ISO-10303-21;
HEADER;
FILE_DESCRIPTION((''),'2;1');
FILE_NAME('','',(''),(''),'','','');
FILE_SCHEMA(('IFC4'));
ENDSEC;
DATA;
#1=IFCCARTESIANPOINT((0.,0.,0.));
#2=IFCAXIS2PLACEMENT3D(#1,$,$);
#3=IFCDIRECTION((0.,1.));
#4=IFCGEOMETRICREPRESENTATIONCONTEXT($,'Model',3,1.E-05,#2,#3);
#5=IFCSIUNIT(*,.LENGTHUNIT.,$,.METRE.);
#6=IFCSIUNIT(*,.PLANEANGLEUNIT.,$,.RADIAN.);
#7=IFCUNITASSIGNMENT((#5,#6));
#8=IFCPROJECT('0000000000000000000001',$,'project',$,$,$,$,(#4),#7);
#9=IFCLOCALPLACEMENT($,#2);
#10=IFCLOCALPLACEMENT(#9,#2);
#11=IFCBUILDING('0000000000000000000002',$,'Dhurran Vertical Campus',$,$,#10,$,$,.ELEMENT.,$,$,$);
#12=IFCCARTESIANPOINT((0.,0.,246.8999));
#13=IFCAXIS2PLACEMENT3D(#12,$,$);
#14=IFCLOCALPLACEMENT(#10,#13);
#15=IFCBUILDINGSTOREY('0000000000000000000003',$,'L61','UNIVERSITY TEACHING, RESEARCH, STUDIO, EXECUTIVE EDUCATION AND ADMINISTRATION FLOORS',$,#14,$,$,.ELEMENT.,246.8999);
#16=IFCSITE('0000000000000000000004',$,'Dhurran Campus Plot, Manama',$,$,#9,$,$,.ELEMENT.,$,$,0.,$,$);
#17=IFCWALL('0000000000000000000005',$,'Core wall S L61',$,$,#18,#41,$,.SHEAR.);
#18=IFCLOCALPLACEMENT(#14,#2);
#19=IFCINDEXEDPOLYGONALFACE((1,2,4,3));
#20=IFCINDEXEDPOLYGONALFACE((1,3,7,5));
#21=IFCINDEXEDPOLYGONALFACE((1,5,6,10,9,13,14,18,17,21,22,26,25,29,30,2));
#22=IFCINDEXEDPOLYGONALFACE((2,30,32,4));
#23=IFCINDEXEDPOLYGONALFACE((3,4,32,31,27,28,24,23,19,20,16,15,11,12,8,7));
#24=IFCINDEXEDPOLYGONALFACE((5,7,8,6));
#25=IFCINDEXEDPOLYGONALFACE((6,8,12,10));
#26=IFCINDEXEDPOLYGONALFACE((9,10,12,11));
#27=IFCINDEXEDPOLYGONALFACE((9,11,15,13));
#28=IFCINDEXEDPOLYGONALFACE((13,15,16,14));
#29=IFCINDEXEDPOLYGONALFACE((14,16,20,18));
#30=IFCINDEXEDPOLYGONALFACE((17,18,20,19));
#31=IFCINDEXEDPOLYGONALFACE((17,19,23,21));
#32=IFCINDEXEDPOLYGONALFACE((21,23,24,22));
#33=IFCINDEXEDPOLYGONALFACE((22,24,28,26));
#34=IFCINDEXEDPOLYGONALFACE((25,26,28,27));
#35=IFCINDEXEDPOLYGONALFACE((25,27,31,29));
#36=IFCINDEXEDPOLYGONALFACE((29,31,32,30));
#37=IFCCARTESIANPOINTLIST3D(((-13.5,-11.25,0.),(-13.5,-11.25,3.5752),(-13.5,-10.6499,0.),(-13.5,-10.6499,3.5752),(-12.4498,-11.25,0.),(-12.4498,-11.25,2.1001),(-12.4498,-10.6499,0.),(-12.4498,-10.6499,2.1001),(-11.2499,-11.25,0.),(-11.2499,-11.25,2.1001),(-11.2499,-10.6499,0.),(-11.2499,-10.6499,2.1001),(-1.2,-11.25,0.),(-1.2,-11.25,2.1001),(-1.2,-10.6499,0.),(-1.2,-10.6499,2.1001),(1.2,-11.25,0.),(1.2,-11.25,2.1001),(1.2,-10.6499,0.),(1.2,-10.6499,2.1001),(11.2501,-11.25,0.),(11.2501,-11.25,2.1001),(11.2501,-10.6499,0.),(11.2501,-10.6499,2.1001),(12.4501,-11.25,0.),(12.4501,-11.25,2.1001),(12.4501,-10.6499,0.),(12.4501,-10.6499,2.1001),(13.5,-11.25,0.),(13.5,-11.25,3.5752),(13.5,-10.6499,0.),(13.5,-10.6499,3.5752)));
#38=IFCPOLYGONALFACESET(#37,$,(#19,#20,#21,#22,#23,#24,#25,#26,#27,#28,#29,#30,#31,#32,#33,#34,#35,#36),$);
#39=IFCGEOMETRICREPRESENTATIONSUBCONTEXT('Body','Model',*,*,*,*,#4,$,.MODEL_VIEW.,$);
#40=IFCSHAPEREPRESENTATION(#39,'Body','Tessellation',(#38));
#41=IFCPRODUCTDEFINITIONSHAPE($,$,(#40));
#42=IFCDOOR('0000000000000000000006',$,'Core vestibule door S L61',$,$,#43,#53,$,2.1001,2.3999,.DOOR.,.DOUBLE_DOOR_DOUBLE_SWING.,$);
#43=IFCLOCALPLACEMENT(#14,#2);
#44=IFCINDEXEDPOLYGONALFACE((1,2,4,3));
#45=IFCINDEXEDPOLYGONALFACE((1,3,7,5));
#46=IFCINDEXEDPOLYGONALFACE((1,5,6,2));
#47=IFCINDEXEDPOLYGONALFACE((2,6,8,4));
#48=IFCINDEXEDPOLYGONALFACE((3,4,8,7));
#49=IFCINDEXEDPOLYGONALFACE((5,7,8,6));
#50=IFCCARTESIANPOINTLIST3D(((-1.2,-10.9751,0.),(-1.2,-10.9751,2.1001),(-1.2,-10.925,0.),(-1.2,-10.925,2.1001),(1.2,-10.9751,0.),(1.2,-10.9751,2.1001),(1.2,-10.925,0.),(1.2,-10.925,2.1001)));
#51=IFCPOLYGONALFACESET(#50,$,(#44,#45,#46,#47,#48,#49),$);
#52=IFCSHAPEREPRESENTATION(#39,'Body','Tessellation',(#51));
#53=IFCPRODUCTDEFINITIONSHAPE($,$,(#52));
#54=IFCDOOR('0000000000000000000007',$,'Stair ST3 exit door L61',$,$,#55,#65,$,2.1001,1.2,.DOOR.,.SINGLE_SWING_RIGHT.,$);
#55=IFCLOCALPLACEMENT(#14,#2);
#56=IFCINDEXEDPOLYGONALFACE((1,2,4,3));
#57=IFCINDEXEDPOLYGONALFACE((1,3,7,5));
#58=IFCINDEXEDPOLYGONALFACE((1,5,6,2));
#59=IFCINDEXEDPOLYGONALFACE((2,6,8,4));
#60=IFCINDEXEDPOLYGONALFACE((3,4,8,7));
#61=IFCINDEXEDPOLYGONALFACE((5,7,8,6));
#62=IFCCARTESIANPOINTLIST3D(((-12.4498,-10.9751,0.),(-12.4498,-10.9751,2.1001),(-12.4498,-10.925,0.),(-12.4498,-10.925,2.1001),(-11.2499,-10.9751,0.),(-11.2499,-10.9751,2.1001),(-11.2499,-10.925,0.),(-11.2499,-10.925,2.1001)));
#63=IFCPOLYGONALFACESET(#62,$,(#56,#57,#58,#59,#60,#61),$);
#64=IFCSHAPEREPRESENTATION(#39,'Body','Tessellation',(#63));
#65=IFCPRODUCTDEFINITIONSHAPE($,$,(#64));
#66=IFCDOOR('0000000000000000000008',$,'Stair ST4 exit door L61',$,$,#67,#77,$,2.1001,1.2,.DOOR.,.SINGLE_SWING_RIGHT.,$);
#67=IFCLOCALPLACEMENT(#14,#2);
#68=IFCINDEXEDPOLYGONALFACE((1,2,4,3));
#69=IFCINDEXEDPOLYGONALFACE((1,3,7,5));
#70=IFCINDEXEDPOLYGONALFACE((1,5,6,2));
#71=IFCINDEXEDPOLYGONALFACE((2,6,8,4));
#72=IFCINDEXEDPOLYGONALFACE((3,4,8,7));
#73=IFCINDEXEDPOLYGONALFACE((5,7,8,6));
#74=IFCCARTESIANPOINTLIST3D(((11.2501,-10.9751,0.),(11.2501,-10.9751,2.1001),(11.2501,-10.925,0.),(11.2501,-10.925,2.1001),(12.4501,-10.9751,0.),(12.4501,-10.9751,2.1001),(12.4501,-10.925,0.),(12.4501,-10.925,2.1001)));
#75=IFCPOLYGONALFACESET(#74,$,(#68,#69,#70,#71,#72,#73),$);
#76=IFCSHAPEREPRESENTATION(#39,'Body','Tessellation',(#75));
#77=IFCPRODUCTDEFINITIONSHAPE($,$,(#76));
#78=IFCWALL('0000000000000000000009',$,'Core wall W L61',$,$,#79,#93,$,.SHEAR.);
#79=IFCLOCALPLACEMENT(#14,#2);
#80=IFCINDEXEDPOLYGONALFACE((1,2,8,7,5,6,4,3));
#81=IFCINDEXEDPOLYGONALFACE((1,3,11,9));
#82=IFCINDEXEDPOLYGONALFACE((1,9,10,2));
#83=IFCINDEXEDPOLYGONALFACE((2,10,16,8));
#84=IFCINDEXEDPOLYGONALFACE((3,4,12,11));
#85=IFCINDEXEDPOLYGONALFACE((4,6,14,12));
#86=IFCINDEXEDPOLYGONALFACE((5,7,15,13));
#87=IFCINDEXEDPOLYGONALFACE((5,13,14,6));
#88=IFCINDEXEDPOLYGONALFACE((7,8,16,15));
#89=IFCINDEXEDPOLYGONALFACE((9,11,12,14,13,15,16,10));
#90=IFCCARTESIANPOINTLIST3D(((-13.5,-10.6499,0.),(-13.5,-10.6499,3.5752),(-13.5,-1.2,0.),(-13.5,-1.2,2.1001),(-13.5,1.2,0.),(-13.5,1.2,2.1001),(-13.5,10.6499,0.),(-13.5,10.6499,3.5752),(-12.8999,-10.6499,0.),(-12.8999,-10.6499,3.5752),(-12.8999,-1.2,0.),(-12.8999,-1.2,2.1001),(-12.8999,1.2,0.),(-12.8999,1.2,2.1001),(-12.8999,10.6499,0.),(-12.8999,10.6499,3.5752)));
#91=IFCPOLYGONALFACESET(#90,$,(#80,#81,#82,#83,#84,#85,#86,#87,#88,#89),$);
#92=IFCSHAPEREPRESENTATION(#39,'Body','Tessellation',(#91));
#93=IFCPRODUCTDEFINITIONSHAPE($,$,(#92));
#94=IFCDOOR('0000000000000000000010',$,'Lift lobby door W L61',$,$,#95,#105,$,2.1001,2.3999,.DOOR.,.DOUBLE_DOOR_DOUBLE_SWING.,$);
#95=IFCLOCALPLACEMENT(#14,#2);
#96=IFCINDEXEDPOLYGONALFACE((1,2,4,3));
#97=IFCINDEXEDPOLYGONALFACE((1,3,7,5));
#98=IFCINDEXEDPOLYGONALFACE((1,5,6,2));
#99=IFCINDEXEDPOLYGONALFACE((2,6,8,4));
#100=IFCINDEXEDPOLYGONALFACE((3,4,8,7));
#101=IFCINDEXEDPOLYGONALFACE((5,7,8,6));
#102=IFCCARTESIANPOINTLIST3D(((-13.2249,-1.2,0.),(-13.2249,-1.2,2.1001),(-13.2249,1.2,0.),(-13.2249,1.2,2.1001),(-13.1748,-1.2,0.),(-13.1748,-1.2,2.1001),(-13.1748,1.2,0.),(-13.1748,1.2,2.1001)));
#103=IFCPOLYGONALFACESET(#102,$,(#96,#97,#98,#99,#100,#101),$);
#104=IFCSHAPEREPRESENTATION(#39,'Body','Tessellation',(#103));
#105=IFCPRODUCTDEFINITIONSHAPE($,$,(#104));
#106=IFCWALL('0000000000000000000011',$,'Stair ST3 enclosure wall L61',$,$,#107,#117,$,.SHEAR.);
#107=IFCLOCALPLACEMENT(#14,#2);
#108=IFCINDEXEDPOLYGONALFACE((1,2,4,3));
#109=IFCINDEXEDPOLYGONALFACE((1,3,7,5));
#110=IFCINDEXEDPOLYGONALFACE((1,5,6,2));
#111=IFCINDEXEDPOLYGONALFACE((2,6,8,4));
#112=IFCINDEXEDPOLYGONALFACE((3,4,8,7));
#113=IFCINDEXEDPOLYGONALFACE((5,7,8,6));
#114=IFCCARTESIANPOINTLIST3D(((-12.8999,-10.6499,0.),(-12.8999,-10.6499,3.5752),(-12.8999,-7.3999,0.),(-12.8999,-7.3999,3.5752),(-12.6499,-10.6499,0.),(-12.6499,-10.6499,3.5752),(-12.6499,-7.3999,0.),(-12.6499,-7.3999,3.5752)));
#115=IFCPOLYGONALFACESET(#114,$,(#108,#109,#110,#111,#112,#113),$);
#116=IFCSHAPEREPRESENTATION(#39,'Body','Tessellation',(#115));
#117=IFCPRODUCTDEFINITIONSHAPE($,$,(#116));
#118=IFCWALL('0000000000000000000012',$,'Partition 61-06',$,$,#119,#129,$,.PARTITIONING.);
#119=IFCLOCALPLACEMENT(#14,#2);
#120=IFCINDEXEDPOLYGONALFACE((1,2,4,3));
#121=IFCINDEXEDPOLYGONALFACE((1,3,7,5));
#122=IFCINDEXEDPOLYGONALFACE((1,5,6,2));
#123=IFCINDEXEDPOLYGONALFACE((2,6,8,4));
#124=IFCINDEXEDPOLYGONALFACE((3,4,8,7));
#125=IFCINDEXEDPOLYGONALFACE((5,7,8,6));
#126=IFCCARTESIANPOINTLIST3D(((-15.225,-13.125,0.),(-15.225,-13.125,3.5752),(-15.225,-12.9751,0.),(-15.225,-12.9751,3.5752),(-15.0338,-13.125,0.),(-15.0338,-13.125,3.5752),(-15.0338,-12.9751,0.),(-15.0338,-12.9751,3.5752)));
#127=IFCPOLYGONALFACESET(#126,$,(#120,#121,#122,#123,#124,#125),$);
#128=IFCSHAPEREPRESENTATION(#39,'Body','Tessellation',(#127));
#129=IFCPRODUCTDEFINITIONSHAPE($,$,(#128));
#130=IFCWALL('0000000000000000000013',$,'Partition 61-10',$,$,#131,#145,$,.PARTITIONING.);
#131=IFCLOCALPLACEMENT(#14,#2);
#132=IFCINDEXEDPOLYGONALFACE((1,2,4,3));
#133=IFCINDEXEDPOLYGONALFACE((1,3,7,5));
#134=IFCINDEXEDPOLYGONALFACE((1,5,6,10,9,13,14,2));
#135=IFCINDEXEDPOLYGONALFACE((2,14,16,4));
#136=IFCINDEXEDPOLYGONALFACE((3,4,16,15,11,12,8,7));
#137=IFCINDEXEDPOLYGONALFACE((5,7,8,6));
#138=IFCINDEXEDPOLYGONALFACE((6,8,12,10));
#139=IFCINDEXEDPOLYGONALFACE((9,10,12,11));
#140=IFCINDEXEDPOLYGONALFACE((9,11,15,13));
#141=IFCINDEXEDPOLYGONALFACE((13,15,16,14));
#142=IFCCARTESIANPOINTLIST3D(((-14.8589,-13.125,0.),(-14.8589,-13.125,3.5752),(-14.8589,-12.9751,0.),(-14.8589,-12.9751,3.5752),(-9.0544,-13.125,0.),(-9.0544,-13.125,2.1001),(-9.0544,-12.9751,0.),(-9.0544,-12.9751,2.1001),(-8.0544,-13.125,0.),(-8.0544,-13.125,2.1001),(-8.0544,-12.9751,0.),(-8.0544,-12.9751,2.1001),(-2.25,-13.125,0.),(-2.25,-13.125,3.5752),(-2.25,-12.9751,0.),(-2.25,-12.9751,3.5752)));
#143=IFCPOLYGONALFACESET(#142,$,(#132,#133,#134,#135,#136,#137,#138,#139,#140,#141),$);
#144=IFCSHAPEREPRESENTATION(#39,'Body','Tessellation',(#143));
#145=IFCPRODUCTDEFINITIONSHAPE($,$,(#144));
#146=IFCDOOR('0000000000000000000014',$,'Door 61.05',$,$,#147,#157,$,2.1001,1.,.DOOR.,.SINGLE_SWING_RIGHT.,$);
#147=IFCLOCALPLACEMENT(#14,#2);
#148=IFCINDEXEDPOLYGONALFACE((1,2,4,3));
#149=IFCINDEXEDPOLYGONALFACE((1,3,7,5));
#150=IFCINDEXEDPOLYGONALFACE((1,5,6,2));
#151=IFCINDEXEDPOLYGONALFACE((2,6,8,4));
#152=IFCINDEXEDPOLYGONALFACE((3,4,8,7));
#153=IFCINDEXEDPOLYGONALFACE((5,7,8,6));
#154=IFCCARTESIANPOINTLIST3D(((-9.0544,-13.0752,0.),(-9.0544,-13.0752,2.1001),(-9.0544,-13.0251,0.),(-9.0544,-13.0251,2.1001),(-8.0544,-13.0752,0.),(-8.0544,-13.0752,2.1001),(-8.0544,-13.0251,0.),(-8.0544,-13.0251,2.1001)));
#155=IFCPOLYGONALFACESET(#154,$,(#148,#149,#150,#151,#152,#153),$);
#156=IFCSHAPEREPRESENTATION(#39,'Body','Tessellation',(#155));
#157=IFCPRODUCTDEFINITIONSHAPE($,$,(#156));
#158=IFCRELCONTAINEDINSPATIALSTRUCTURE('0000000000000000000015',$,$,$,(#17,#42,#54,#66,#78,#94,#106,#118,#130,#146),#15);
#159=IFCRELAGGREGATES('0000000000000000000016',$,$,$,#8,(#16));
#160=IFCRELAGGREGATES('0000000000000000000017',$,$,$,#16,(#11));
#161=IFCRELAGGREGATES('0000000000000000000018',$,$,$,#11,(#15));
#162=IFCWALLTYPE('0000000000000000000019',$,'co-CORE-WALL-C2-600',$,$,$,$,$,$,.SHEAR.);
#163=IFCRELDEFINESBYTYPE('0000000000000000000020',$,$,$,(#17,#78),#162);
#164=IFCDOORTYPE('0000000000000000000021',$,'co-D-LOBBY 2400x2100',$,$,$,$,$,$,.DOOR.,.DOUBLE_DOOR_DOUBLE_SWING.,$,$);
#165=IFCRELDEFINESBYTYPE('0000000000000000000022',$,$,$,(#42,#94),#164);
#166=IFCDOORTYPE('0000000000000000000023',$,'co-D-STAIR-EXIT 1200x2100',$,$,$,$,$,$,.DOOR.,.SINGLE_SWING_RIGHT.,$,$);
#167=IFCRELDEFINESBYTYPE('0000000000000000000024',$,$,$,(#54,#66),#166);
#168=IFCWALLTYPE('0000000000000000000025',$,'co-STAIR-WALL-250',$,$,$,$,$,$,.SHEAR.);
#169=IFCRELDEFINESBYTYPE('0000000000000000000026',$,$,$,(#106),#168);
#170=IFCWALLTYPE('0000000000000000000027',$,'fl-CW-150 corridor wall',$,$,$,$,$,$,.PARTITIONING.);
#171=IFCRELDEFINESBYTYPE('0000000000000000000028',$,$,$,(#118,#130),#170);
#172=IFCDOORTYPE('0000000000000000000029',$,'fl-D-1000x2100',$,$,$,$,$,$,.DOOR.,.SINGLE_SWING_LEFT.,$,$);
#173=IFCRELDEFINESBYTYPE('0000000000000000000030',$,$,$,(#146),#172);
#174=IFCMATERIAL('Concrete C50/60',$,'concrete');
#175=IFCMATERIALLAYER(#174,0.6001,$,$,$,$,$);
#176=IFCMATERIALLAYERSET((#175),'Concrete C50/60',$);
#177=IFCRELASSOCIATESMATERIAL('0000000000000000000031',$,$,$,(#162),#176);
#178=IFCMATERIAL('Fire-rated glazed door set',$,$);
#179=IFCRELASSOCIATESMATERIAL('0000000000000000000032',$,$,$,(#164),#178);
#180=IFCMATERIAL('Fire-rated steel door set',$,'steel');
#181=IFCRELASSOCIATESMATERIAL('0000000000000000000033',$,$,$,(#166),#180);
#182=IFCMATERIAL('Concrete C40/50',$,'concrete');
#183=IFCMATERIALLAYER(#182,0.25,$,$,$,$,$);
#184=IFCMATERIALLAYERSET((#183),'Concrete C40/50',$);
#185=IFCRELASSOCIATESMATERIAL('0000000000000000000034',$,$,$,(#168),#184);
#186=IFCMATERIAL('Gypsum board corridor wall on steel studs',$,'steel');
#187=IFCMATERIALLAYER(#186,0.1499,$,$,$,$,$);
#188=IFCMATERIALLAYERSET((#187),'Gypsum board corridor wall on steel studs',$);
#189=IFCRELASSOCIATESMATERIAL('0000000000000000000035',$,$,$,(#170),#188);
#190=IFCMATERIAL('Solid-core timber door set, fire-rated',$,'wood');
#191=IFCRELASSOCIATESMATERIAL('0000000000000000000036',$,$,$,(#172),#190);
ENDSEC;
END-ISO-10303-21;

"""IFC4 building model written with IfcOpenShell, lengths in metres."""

from ifc_helpers import new_model, si_unit, direction, frame, frame_2d, origin, place, context, subcontext, project, spatial, rectangle, extrude, material, layer, layer_set, type_object, element, fill, save


model = new_model("IFC4")

# Units and contexts
model_context = context("Model", 3, precision=1e-05, world=origin(), true_north=direction((0.0, 1.0)))
body_context = subcontext(model_context, "Body", "Model", "MODEL_VIEW")
ifc_project = project(units=[si_unit("LENGTHUNIT", "METRE"), si_unit("PLANEANGLEUNIT", "RADIAN")], contexts=[model_context])

# Site, building, storey
site_placement = place(None, origin())
site = spatial("IfcSite", under=ifc_project, at=site_placement, Name="Dhurran Campus Plot, Manama", CompositionType="ELEMENT", RefElevation=0.0)
building_placement = place(site_placement, origin())
building = spatial("IfcBuilding", under=site, at=building_placement, Name="Dhurran Vertical Campus", CompositionType="ELEMENT")
storey_placement = place(building_placement, frame((0.0, 0.0, 246.8999)))
storey = spatial("IfcBuildingStorey", under=building, at=storey_placement, Name="L61", Description="UNIVERSITY TEACHING, RESEARCH, STUDIO, EXECUTIVE EDUCATION AND ADMINISTRATION FLOORS", CompositionType="ELEMENT", Elevation=246.8999)

# Wall, openings, doors
ifc_material_1 = material(Name="Concrete C50/60", Category="concrete")
ifc_layer_1 = layer(ifc_material_1, 0.6001)
ifc_layer_set_1 = layer_set([ifc_layer_1], Name="Concrete C50/60")
wall_type_1 = type_object("IfcWallType", Name="co-CORE-WALL-C2-600", PredefinedType="SHEAR", material=ifc_layer_set_1)
wall_1_placement = place(storey_placement, frame((-13.5, -10.95, 0.0), z_axis=(0.0, 0.0, 1.0), x_axis=(1.0, 0.0, 0.0)))
wall_1 = element("IfcWall", 1, at=wall_1_placement, inside=storey, type_object=wall_type_1, Name="Core wall S L61", PredefinedType="SHEAR", context=body_context, shape_type="SweptSolid", body=[
    extrude(rectangle(XDim=27.0, YDim=0.6001, at=frame_2d((13.5, 0.0))), origin(), (0.0, 0.0, 1.0), 3.5752),
])
opening_1_placement = place(wall_1_placement, frame((12.3, 0.0, 0.0)))
opening_1 = element("IfcOpeningElement", 2, at=opening_1_placement, cuts=wall_1, PredefinedType="OPENING", context=body_context, shape_type="SweptSolid", body=[
    extrude(rectangle(XDim=2.3999, YDim=2.1001, at=frame_2d((1.2, 1.05))), frame((0.0, 0.3101, 0.0), z_axis=(0.0, -1.0, 0.0), x_axis=(1.0, 0.0, 0.0)), (0.0, 0.0, 1.0), 0.6201),
])
opening_2_placement = place(wall_1_placement, frame((1.05, 0.0, 0.0)))
opening_2 = element("IfcOpeningElement", 3, at=opening_2_placement, cuts=wall_1, PredefinedType="OPENING", context=body_context, shape_type="SweptSolid", body=[
    extrude(rectangle(XDim=1.2, YDim=2.1001, at=frame_2d((0.6001, 1.05))), frame((0.0, 0.3101, 0.0), z_axis=(0.0, -1.0, 0.0), x_axis=(1.0, 0.0, 0.0)), (0.0, 0.0, 1.0), 0.6201),
])
opening_3_placement = place(wall_1_placement, frame((24.75, 0.0, 0.0)))
opening_3 = element("IfcOpeningElement", 4, at=opening_3_placement, cuts=wall_1, PredefinedType="OPENING", context=body_context, shape_type="SweptSolid", body=[
    extrude(rectangle(XDim=1.2, YDim=2.1001, at=frame_2d((0.6001, 1.05))), frame((0.0, 0.3101, 0.0), z_axis=(0.0, -1.0, 0.0), x_axis=(1.0, 0.0, 0.0)), (0.0, 0.0, 1.0), 0.6201),
])
ifc_material_2 = material(Name="Fire-rated glazed door set")
door_type_1 = type_object("IfcDoorType", Name="co-D-LOBBY 2400x2100", OperationType="DOUBLE_DOOR_DOUBLE_SWING", PredefinedType="DOOR", material=ifc_material_2)
door_1_placement = place(opening_1_placement, origin())
door_1 = element("IfcDoor", 5, at=door_1_placement, inside=storey, type_object=door_type_1, Name="Core vestibule door S L61", OperationType="DOUBLE_DOOR_DOUBLE_SWING", OverallHeight=2.1001, OverallWidth=2.3999, PredefinedType="DOOR", context=body_context, shape_type="SweptSolid", body=[
    extrude(rectangle(XDim=2.3999, YDim=2.1001, at=frame_2d((1.2, 1.05))), frame((0.0, 0.0249, 0.0), z_axis=(0.0, -1.0, 0.0), x_axis=(1.0, 0.0, 0.0)), (0.0, 0.0, 1.0), 0.05),
])
fill(opening_1, door_1)
ifc_material_3 = material(Name="Fire-rated steel door set", Category="steel")
door_type_2 = type_object("IfcDoorType", Name="co-D-STAIR-EXIT 1200x2100", OperationType="SINGLE_SWING_RIGHT", PredefinedType="DOOR", material=ifc_material_3)
door_2_placement = place(opening_2_placement, origin())
door_2 = element("IfcDoor", 6, at=door_2_placement, inside=storey, type_object=door_type_2, Name="Stair ST3 exit door L61", OperationType="SINGLE_SWING_RIGHT", OverallHeight=2.1001, OverallWidth=1.2, PredefinedType="DOOR", context=body_context, shape_type="SweptSolid", body=[
    extrude(rectangle(XDim=1.2, YDim=2.1001, at=frame_2d((0.6001, 1.05))), frame((0.0, 0.0249, 0.0), z_axis=(0.0, -1.0, 0.0), x_axis=(1.0, 0.0, 0.0)), (0.0, 0.0, 1.0), 0.05),
])
fill(opening_2, door_2)
door_3_placement = place(opening_3_placement, origin())
door_3 = element("IfcDoor", 7, at=door_3_placement, inside=storey, type_object=door_type_2, Name="Stair ST4 exit door L61", OperationType="SINGLE_SWING_RIGHT", OverallHeight=2.1001, OverallWidth=1.2, PredefinedType="DOOR", context=body_context, shape_type="SweptSolid", body=[
    extrude(rectangle(XDim=1.2, YDim=2.1001, at=frame_2d((0.6001, 1.05))), frame((0.0, 0.0249, 0.0), z_axis=(0.0, -1.0, 0.0), x_axis=(1.0, 0.0, 0.0)), (0.0, 0.0, 1.0), 0.05),
])
fill(opening_3, door_3)

# Wall, opening, door
wall_2_placement = place(storey_placement, frame((-13.2, -10.6499, 0.0), z_axis=(0.0, 0.0, 1.0), x_axis=(0.0, 1.0, 0.0)))
wall_2 = element("IfcWall", 8, at=wall_2_placement, inside=storey, type_object=wall_type_1, Name="Core wall W L61", PredefinedType="SHEAR", context=body_context, shape_type="SweptSolid", body=[
    extrude(rectangle(XDim=21.2998, YDim=0.6001, at=frame_2d((10.6499, 0.0))), origin(), (0.0, 0.0, 1.0), 3.5752),
])
opening_4_placement = place(wall_2_placement, frame((9.45, 0.0, 0.0)))
opening_4 = element("IfcOpeningElement", 9, at=opening_4_placement, cuts=wall_2, PredefinedType="OPENING", context=body_context, shape_type="SweptSolid", body=[
    extrude(rectangle(XDim=2.3999, YDim=2.1001, at=frame_2d((1.2, 1.05))), frame((0.0, 0.3101, 0.0), z_axis=(0.0, -1.0, 0.0), x_axis=(1.0, 0.0, 0.0)), (0.0, 0.0, 1.0), 0.6201),
])
door_4_placement = place(opening_4_placement, origin())
door_4 = element("IfcDoor", 10, at=door_4_placement, inside=storey, type_object=door_type_1, Name="Lift lobby door W L61", OperationType="DOUBLE_DOOR_DOUBLE_SWING", OverallHeight=2.1001, OverallWidth=2.3999, PredefinedType="DOOR", context=body_context, shape_type="SweptSolid", body=[
    extrude(rectangle(XDim=2.3999, YDim=2.1001, at=frame_2d((1.2, 1.05))), frame((0.0, 0.0249, 0.0), z_axis=(0.0, -1.0, 0.0), x_axis=(1.0, 0.0, 0.0)), (0.0, 0.0, 1.0), 0.05),
])
fill(opening_4, door_4)

# Walls
ifc_material_4 = material(Name="Concrete C40/50", Category="concrete")
ifc_layer_2 = layer(ifc_material_4, 0.25)
ifc_layer_set_2 = layer_set([ifc_layer_2], Name="Concrete C40/50")
wall_type_2 = type_object("IfcWallType", Name="co-STAIR-WALL-250", PredefinedType="SHEAR", material=ifc_layer_set_2)
wall_3_placement = place(storey_placement, frame((-12.7749, -10.6499, 0.0), z_axis=(0.0, 0.0, 1.0), x_axis=(0.0, 1.0, 0.0)))
element("IfcWall", 11, at=wall_3_placement, inside=storey, type_object=wall_type_2, Name="Stair ST3 enclosure wall L61", PredefinedType="SHEAR", context=body_context, shape_type="SweptSolid", body=[
    extrude(rectangle(XDim=3.25, YDim=0.25, at=frame_2d((1.625, 0.0))), origin(), (0.0, 0.0, 1.0), 3.5752),
])
ifc_material_5 = material(Name="Gypsum board corridor wall on steel studs", Category="steel")
ifc_layer_3 = layer(ifc_material_5, 0.1499)
ifc_layer_set_3 = layer_set([ifc_layer_3], Name="Gypsum board corridor wall on steel studs")
wall_type_3 = type_object("IfcWallType", Name="fl-CW-150 corridor wall", PredefinedType="PARTITIONING", material=ifc_layer_set_3)
wall_4_placement = place(storey_placement, frame((-15.2251, -13.05, 0.0), z_axis=(0.0, 0.0, 1.0), x_axis=(1.0, 0.0, 0.0)))
element("IfcWall", 12, at=wall_4_placement, inside=storey, type_object=wall_type_3, Name="Partition 61-06", PredefinedType="PARTITIONING", context=body_context, shape_type="SweptSolid", body=[
    extrude(rectangle(XDim=0.1912, YDim=0.1499, at=frame_2d((0.0957, 0.0))), origin(), (0.0, 0.0, 1.0), 3.5752),
])

# Wall, opening, door
wall_5_placement = place(storey_placement, frame((-14.8589, -13.05, 0.0), z_axis=(0.0, 0.0, 1.0), x_axis=(1.0, 0.0, 0.0)))
wall_5 = element("IfcWall", 13, at=wall_5_placement, inside=storey, type_object=wall_type_3, Name="Partition 61-10", PredefinedType="PARTITIONING", context=body_context, shape_type="SweptSolid", body=[
    extrude(rectangle(XDim=12.6089, YDim=0.1499, at=frame_2d((6.3044, 0.0))), origin(), (0.0, 0.0, 1.0), 3.5752),
])
opening_5_placement = place(wall_5_placement, frame((5.8044, 0.0, 0.0)))
opening_5 = element("IfcOpeningElement", 14, at=opening_5_placement, cuts=wall_5, PredefinedType="OPENING", context=body_context, shape_type="SweptSolid", body=[
    extrude(rectangle(XDim=1.0, YDim=2.1001, at=frame_2d((0.5, 1.05))), frame((0.0, 0.085, 0.0), z_axis=(0.0, -1.0, 0.0), x_axis=(1.0, 0.0, 0.0)), (0.0, 0.0, 1.0), 0.1699),
])
ifc_material_6 = material(Name="Solid-core timber door set, fire-rated", Category="wood")
door_type_3 = type_object("IfcDoorType", Name="fl-D-1000x2100", OperationType="SINGLE_SWING_LEFT", PredefinedType="DOOR", material=ifc_material_6)
door_5_placement = place(opening_5_placement, origin())
door_5 = element("IfcDoor", 15, at=door_5_placement, inside=storey, type_object=door_type_3, Name="Door 61.05", OperationType="SINGLE_SWING_RIGHT", OverallHeight=2.1001, OverallWidth=1.0, PredefinedType="DOOR", context=body_context, shape_type="SweptSolid", body=[
    extrude(rectangle(XDim=1.0, YDim=2.1001, at=frame_2d((0.5, 1.05))), frame((0.0, 0.0249, 0.0), z_axis=(0.0, -1.0, 0.0), x_axis=(1.0, 0.0, 0.0)), (0.0, 0.0, 1.0), 0.05),
])
fill(opening_5, door_5)

save(model, "model.ifc")
